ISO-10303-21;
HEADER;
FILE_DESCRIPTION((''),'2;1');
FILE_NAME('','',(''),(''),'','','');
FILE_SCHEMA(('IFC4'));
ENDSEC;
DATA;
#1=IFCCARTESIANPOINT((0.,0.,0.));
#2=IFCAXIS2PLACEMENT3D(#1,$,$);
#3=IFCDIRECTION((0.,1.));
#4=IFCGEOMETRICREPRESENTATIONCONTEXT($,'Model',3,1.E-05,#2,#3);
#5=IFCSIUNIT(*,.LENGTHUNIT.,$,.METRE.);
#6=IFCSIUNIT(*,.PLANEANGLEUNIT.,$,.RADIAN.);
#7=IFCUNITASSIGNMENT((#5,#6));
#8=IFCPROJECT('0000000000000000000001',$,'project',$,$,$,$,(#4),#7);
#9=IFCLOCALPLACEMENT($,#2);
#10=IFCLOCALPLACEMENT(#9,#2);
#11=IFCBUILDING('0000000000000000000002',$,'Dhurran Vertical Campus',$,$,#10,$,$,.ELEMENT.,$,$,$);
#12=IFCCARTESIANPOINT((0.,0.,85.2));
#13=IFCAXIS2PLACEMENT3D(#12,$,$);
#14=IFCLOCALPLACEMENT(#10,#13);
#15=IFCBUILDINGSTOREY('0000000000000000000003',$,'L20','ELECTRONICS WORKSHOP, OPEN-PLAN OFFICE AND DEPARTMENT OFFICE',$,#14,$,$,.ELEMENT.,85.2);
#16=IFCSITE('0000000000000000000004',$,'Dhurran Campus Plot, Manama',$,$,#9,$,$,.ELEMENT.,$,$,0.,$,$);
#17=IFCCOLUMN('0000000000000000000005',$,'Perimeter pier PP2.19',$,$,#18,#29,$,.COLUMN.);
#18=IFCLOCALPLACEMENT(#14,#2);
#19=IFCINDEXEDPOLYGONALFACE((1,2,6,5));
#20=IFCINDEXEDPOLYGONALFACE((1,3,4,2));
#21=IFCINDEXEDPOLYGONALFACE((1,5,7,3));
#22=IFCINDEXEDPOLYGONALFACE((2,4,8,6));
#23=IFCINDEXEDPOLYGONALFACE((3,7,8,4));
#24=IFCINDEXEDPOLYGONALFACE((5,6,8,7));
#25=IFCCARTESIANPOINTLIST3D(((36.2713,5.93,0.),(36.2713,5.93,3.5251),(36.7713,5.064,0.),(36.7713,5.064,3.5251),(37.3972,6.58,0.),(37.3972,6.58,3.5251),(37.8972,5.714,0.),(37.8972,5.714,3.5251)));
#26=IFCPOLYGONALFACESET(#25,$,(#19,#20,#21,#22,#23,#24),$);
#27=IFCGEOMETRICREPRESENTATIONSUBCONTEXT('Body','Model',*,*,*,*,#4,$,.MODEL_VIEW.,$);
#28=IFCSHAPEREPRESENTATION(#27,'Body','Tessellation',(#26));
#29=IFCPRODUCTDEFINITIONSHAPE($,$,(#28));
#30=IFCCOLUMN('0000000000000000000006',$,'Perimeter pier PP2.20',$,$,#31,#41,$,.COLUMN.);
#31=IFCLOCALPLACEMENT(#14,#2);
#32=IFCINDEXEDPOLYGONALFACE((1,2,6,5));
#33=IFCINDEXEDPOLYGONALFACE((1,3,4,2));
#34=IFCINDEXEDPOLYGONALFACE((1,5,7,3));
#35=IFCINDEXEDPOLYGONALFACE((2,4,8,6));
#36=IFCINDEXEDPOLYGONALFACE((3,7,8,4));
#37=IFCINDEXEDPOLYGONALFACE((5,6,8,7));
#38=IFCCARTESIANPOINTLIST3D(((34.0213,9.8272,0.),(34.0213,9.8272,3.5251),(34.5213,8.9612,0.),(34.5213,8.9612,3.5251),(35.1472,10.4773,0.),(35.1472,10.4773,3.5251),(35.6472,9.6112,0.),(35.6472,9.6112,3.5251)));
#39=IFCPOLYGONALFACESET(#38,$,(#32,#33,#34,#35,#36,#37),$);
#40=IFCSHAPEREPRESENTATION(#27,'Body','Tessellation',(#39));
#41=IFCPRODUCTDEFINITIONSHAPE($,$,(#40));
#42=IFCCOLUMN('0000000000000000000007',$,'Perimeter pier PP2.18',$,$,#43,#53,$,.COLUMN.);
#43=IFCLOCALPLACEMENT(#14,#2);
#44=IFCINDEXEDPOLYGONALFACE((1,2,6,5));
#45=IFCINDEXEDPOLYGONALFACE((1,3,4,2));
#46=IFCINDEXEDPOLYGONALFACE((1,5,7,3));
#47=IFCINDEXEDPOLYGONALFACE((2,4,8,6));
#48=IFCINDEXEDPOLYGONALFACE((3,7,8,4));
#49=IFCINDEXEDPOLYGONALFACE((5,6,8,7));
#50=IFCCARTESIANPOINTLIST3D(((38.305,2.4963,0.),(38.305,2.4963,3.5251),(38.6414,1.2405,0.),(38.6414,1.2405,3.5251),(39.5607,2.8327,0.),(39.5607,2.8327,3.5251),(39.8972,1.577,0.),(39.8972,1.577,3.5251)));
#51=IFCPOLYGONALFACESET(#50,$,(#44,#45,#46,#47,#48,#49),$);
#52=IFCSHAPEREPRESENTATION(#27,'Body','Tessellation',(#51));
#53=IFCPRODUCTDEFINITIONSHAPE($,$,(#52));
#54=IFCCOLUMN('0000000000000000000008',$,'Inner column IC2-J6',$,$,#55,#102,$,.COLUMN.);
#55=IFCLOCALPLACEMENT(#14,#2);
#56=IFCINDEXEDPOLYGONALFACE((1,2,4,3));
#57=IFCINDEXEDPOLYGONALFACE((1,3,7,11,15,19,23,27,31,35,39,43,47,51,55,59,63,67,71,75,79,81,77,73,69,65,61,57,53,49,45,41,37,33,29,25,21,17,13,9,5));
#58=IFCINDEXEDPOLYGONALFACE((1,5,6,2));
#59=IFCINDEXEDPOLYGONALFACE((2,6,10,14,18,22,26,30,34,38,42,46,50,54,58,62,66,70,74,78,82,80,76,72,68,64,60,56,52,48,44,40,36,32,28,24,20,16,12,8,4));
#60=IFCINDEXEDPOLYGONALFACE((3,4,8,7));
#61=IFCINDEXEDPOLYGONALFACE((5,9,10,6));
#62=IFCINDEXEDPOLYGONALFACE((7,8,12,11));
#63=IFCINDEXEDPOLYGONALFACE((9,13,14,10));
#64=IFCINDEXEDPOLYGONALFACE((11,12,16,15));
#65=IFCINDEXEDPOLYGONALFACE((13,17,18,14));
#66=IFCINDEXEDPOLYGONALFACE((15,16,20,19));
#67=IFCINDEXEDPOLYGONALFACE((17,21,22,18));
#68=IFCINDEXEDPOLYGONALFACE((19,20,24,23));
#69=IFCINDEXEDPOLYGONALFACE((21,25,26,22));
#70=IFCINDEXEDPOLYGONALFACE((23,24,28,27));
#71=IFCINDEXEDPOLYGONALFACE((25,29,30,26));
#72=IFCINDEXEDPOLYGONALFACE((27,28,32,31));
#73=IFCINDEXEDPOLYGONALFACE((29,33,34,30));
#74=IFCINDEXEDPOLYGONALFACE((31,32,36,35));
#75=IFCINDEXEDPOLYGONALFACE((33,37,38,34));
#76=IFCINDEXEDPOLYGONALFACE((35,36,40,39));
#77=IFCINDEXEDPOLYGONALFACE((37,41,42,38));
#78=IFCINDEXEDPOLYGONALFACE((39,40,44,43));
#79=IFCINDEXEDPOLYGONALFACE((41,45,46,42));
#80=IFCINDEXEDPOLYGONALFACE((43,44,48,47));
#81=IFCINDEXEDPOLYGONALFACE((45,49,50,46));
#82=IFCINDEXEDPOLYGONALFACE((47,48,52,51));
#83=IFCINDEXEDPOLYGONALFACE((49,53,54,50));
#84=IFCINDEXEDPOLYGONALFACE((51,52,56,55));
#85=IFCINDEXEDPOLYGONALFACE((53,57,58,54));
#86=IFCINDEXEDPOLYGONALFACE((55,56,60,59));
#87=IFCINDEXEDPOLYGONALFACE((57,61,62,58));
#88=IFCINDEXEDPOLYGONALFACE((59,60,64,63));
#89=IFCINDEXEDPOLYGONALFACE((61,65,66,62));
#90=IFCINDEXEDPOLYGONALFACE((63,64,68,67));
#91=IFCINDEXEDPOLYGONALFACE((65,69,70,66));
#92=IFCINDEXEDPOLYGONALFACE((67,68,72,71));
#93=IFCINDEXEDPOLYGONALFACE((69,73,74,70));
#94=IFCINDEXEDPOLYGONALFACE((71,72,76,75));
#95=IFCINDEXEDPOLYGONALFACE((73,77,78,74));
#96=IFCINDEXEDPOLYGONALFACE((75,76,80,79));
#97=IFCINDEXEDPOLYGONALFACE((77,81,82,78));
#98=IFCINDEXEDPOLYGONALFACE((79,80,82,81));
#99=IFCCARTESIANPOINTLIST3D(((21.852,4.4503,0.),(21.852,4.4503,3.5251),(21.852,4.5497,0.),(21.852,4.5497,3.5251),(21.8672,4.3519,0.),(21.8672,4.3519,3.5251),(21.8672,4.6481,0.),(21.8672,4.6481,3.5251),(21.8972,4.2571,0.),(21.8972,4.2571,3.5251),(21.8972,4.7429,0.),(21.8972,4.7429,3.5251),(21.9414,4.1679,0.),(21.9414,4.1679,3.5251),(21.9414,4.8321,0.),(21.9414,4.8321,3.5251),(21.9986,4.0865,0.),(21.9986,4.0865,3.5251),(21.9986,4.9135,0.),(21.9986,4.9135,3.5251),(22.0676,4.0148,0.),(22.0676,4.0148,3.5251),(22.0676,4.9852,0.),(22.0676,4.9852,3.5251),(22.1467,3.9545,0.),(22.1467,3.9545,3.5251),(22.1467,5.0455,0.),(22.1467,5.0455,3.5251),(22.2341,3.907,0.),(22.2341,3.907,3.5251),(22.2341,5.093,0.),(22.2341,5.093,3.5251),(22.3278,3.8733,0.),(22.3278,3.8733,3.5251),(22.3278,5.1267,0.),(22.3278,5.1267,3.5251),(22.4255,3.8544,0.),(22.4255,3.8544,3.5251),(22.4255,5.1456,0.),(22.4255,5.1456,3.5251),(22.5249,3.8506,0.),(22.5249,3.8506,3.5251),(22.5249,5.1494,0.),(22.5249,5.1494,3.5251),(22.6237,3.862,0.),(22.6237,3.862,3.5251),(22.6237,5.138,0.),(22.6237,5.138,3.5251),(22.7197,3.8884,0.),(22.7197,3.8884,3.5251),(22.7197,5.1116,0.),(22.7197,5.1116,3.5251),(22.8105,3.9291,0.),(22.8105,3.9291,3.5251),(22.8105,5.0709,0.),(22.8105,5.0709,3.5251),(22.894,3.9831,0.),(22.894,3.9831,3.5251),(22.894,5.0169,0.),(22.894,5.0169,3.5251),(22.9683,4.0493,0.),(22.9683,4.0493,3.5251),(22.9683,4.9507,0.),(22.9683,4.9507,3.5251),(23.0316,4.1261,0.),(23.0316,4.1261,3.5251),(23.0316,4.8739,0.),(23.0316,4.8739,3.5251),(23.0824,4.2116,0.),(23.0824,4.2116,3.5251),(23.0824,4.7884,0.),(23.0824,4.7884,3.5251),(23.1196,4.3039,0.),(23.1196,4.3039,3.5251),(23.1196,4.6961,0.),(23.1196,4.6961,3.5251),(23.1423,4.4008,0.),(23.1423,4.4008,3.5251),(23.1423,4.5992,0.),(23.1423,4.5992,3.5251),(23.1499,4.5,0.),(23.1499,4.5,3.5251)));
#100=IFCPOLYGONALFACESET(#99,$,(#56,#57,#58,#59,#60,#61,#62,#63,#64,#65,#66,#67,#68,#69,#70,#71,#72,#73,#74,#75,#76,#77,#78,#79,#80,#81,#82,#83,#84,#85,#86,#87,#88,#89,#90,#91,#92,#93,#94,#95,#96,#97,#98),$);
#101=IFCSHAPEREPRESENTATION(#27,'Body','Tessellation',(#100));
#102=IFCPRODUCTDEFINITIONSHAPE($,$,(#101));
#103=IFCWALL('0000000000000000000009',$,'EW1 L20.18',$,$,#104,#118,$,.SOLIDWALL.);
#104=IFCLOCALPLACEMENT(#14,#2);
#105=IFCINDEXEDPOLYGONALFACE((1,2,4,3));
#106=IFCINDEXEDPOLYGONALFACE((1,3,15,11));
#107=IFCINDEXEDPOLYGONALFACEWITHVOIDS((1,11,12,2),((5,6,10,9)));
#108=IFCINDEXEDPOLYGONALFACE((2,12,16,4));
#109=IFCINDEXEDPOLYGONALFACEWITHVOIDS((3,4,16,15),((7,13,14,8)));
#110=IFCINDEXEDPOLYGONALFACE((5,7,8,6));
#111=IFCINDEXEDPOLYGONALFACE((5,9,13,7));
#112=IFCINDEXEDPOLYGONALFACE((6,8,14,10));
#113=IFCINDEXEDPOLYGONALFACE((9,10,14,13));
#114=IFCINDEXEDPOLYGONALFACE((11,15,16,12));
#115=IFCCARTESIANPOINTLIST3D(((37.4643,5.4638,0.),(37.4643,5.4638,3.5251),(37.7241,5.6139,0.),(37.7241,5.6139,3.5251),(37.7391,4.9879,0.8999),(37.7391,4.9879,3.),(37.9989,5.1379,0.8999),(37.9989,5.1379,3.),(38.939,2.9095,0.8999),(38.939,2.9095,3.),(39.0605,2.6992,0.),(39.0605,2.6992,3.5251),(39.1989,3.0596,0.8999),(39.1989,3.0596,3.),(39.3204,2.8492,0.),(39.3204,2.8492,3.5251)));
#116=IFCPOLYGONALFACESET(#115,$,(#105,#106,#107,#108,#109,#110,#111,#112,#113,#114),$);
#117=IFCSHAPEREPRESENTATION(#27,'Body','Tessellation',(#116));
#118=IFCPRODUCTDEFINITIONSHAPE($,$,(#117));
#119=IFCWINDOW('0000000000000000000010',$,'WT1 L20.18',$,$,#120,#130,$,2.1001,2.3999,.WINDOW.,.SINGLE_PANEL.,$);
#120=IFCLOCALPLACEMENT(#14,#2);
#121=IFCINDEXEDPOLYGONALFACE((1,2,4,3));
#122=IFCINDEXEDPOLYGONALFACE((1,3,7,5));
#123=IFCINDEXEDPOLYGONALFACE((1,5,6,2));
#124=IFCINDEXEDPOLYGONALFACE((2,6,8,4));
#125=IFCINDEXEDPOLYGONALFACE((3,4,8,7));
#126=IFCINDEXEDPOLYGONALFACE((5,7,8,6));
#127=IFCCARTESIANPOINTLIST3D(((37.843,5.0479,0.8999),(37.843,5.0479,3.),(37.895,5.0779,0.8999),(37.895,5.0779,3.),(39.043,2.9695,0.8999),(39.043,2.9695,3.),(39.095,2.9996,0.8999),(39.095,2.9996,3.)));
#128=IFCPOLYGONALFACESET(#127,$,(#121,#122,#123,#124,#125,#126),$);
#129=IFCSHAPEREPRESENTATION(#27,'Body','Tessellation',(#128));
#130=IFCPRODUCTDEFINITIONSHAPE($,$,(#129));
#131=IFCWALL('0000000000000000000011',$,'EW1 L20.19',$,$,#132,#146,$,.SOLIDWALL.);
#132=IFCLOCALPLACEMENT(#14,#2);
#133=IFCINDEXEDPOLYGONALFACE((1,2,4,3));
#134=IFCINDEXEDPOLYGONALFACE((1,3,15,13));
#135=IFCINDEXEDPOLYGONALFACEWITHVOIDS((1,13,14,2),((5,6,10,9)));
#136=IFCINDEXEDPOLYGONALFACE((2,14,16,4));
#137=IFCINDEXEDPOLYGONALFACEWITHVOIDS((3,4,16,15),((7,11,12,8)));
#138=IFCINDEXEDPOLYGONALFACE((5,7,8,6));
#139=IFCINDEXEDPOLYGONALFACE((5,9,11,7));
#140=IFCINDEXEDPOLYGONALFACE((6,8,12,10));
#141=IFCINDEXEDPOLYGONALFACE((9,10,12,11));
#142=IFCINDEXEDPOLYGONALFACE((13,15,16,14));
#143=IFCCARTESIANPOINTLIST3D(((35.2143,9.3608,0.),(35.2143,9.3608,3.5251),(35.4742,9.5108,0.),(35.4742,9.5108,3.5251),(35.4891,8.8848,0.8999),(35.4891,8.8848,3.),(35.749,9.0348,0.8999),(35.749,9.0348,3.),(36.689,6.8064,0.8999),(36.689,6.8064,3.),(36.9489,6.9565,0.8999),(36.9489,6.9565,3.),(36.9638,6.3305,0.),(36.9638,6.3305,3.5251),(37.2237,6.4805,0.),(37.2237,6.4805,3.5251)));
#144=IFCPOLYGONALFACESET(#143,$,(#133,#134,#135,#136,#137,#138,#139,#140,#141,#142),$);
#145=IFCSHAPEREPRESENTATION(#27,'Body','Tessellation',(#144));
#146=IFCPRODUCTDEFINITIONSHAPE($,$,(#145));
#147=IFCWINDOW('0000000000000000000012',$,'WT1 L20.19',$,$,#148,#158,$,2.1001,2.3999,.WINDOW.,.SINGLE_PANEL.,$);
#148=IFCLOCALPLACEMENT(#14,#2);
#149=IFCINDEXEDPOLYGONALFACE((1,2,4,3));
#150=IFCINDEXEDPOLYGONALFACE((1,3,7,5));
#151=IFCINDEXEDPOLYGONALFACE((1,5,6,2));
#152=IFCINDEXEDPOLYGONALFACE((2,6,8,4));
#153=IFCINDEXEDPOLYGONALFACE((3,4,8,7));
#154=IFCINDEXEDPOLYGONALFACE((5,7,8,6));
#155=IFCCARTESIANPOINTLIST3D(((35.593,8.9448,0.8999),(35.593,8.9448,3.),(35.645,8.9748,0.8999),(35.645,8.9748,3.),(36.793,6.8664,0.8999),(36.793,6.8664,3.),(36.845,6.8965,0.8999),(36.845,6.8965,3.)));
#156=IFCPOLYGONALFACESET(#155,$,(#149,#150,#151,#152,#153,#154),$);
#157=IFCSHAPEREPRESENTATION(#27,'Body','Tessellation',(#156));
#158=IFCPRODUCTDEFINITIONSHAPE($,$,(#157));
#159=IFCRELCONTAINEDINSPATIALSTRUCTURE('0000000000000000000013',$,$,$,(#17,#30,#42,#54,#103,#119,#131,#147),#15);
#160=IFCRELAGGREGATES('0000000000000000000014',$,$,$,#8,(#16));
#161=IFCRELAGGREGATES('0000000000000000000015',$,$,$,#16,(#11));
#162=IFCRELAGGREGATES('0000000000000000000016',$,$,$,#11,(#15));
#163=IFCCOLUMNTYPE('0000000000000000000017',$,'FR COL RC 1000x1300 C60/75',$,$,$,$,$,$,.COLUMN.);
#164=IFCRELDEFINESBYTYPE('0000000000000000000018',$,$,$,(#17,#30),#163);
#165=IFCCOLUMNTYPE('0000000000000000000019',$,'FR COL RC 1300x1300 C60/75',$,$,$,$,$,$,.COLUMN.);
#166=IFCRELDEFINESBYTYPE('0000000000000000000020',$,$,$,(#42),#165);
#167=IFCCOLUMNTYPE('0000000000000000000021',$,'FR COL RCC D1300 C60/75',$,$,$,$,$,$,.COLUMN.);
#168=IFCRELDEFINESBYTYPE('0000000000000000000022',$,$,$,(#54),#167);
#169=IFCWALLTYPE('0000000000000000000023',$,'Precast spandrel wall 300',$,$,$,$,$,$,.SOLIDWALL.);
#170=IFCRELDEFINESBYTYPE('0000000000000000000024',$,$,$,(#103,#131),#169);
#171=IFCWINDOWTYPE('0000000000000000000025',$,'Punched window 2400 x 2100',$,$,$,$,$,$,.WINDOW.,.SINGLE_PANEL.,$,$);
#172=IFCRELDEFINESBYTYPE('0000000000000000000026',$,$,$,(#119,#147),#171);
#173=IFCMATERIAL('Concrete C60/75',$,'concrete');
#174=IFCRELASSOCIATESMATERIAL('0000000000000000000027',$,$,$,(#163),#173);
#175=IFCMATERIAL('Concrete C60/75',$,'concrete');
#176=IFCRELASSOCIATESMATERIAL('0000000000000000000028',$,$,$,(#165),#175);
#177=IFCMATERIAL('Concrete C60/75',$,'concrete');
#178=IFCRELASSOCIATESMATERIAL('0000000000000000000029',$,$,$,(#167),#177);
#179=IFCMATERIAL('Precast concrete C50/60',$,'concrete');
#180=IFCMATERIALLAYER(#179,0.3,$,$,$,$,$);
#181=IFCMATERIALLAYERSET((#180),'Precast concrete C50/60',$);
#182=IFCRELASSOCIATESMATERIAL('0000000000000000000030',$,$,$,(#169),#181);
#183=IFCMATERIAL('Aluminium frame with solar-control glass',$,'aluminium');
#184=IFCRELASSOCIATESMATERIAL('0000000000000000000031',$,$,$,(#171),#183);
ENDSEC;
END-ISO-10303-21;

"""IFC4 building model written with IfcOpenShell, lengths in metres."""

from ifc_helpers import new_model, si_unit, direction, frame, frame_2d, origin, origin_2d, place, context, subcontext, project, spatial, rectangle, circle, extrude, material, layer, layer_set, material_profile, profile_set, type_object, element, fill, save


model = new_model("IFC4")

# Units and contexts
model_context = context("Model", 3, precision=1e-05, world=origin(), true_north=direction((0.0, 1.0)))
body_context = subcontext(model_context, "Body", "Model", "MODEL_VIEW")
ifc_project = project(units=[si_unit("LENGTHUNIT", "METRE"), si_unit("PLANEANGLEUNIT", "RADIAN")], contexts=[model_context])

# Site, building, storey
site_placement = place(None, origin())
site = spatial("IfcSite", under=ifc_project, at=site_placement, Name="Dhurran Campus Plot, Manama", CompositionType="ELEMENT", RefElevation=0.0)
building_placement = place(site_placement, origin())
building = spatial("IfcBuilding", under=site, at=building_placement, Name="Dhurran Vertical Campus", CompositionType="ELEMENT")
storey_placement = place(building_placement, frame((0.0, 0.0, 85.2)))
storey = spatial("IfcBuildingStorey", under=building, at=storey_placement, Name="L20", Description="ELECTRONICS WORKSHOP, OPEN-PLAN OFFICE AND DEPARTMENT OFFICE", CompositionType="ELEMENT", Elevation=85.2)

# Columns
ifc_material_1 = material(Name="Concrete C60/75", Category="concrete")
ifc_material_profile_1 = material_profile(ifc_material_1, rectangle(XDim=1.0, YDim=1.3, at=origin_2d()), Name="RC 1000x1300")
ifc_profile_set_1 = profile_set([ifc_material_profile_1], Name="Concrete C60/75")
column_type_1 = type_object("IfcColumnType", Name="FR COL RC 1000x1300 C60/75", PredefinedType="COLUMN", material=ifc_profile_set_1)
for number, where, z_axis, x_axis, name in (
    (1, (37.0842, 5.822, 0.0), (0.0, 0.0, 1.0), (-0.5, 0.866025, 0.0), "Perimeter pier PP2.19"),
    (2, (34.8342, 9.7192, 0.0), (0.0, 0.0, 1.0), (-0.5, 0.866025, 0.0), "Perimeter pier PP2.20"),
):
    element("IfcColumn", number, at=place(storey_placement, frame(where, z_axis=z_axis, x_axis=x_axis)), inside=storey, type_object=column_type_1, Name=name, PredefinedType="COLUMN", context=body_context, shape_type="SweptSolid", body=[
        extrude(rectangle(XDim=1.0, YDim=1.3, at=origin_2d()), origin(), (0.0, 0.0, 1.0), 3.5251),
    ])
ifc_material_2 = material(Name="Concrete C60/75", Category="concrete")
ifc_material_profile_2 = material_profile(ifc_material_2, rectangle(XDim=1.3, YDim=1.3, at=origin_2d()), Name="RC 1300x1300")
ifc_profile_set_2 = profile_set([ifc_material_profile_2], Name="Concrete C60/75")
column_type_2 = type_object("IfcColumnType", Name="FR COL RC 1300x1300 C60/75", PredefinedType="COLUMN", material=ifc_profile_set_2)
column_1_placement = place(storey_placement, frame((39.1011, 2.0366, 0.0), z_axis=(0.0, 0.0, 1.0), x_axis=(-0.258819, 0.965926, 0.0)))
element("IfcColumn", 3, at=column_1_placement, inside=storey, type_object=column_type_2, Name="Perimeter pier PP2.18", PredefinedType="COLUMN", context=body_context, shape_type="SweptSolid", body=[
    extrude(rectangle(XDim=1.3, YDim=1.3, at=origin_2d()), origin(), (0.0, 0.0, 1.0), 3.5251),
])
ifc_material_3 = material(Name="Concrete C60/75", Category="concrete")
ifc_material_profile_3 = material_profile(ifc_material_3, circle(Radius=0.6499, at=origin_2d()), Name="RCC D1300")
ifc_profile_set_3 = profile_set([ifc_material_profile_3], Name="Concrete C60/75")
column_type_3 = type_object("IfcColumnType", Name="FR COL RCC D1300 C60/75", PredefinedType="COLUMN", material=ifc_profile_set_3)
column_2_placement = place(storey_placement, frame((22.5, 4.5, 0.0), z_axis=(0.0, 0.0, 1.0), x_axis=(1.0, 0.0, 0.0)))
element("IfcColumn", 4, at=column_2_placement, inside=storey, type_object=column_type_3, Name="Inner column IC2-J6", PredefinedType="COLUMN", context=body_context, shape_type="SweptSolid", body=[
    extrude(circle(Radius=0.6499, at=origin_2d()), origin(), (0.0, 0.0, 1.0), 3.5251),
])

# Walls, openings, windows
ifc_material_4 = material(Name="Precast concrete C50/60", Category="concrete")
ifc_layer_1 = layer(ifc_material_4, 0.3)
ifc_layer_set_1 = layer_set([ifc_layer_1], Name="Precast concrete C50/60")
wall_type_1 = type_object("IfcWallType", Name="Precast spandrel wall 300", PredefinedType="SOLIDWALL", material=ifc_layer_set_1)
wall_1_placement = place(storey_placement, frame((39.1904, 2.7742, 0.0), z_axis=(0.0, 0.0, 1.0), x_axis=(-0.500005, 0.866023, 0.0)))
wall_1 = element("IfcWall", 5, at=wall_1_placement, inside=storey, type_object=wall_type_1, Name="EW1 L20.18", PredefinedType="SOLIDWALL", context=body_context, shape_type="SweptSolid", body=[
    extrude(rectangle(XDim=3.1924, YDim=0.3, at=frame_2d((1.5962, 0.0))), origin(), (0.0, 0.0, 1.0), 3.5251),
])
opening_1_placement = place(wall_1_placement, frame((0.2429, 0.0, 0.8999)))
opening_1 = element("IfcOpeningElement", 6, at=opening_1_placement, cuts=wall_1, PredefinedType="OPENING", context=body_context, shape_type="SweptSolid", body=[
    extrude(rectangle(XDim=2.3999, YDim=2.1001, at=frame_2d((1.2, 1.05))), frame((0.0, 0.1599, 0.0), z_axis=(0.0, -1.0, 0.0), x_axis=(1.0, 0.0, 0.0)), (0.0, 0.0, 1.0), 0.3201),
])
ifc_material_5 = material(Name="Aluminium frame with solar-control glass", Category="aluminium")
window_type = type_object("IfcWindowType", Name="Punched window 2400 x 2100", PartitioningType="SINGLE_PANEL", PredefinedType="WINDOW", material=ifc_material_5)
window_1_placement = place(opening_1_placement, origin())
window_1 = element("IfcWindow", 7, at=window_1_placement, inside=storey, type_object=window_type, Name="WT1 L20.18", OverallHeight=2.1001, OverallWidth=2.3999, PartitioningType="SINGLE_PANEL", PredefinedType="WINDOW", context=body_context, shape_type="SweptSolid", body=[
    extrude(rectangle(XDim=2.3999, YDim=2.1001, at=frame_2d((1.2, 1.05))), frame((0.0, 0.03, 0.0), z_axis=(0.0, -1.0, 0.0), x_axis=(1.0, 0.0, 0.0)), (0.0, 0.0, 1.0), 0.0601),
])
fill(opening_1, window_1)
wall_2_placement = place(storey_placement, frame((37.0938, 6.4055, 0.0), z_axis=(0.0, 0.0, 1.0), x_axis=(-0.499996, 0.866028, 0.0)))
wall_2 = element("IfcWall", 8, at=wall_2_placement, inside=storey, type_object=wall_type_1, Name="EW1 L20.19", PredefinedType="SOLIDWALL", context=body_context, shape_type="SweptSolid", body=[
    extrude(rectangle(XDim=3.499, YDim=0.3, at=frame_2d((1.7495, 0.0))), origin(), (0.0, 0.0, 1.0), 3.5251),
])
opening_2_placement = place(wall_2_placement, frame((0.5496, 0.0, 0.8999)))
opening_2 = element("IfcOpeningElement", 9, at=opening_2_placement, cuts=wall_2, PredefinedType="OPENING", context=body_context, shape_type="SweptSolid", body=[
    extrude(rectangle(XDim=2.3999, YDim=2.1001, at=frame_2d((1.2, 1.05))), frame((0.0, 0.1599, 0.0), z_axis=(0.0, -1.0, 0.0), x_axis=(1.0, 0.0, 0.0)), (0.0, 0.0, 1.0), 0.3201),
])
window_2_placement = place(opening_2_placement, origin())
window_2 = element("IfcWindow", 10, at=window_2_placement, inside=storey, type_object=window_type, Name="WT1 L20.19", OverallHeight=2.1001, OverallWidth=2.3999, PartitioningType="SINGLE_PANEL", PredefinedType="WINDOW", context=body_context, shape_type="SweptSolid", body=[
    extrude(rectangle(XDim=2.3999, YDim=2.1001, at=frame_2d((1.2, 1.05))), frame((0.0, 0.03, 0.0), z_axis=(0.0, -1.0, 0.0), x_axis=(1.0, 0.0, 0.0)), (0.0, 0.0, 1.0), 0.0601),
])
fill(opening_2, window_2)

save(model, "model.ifc")
